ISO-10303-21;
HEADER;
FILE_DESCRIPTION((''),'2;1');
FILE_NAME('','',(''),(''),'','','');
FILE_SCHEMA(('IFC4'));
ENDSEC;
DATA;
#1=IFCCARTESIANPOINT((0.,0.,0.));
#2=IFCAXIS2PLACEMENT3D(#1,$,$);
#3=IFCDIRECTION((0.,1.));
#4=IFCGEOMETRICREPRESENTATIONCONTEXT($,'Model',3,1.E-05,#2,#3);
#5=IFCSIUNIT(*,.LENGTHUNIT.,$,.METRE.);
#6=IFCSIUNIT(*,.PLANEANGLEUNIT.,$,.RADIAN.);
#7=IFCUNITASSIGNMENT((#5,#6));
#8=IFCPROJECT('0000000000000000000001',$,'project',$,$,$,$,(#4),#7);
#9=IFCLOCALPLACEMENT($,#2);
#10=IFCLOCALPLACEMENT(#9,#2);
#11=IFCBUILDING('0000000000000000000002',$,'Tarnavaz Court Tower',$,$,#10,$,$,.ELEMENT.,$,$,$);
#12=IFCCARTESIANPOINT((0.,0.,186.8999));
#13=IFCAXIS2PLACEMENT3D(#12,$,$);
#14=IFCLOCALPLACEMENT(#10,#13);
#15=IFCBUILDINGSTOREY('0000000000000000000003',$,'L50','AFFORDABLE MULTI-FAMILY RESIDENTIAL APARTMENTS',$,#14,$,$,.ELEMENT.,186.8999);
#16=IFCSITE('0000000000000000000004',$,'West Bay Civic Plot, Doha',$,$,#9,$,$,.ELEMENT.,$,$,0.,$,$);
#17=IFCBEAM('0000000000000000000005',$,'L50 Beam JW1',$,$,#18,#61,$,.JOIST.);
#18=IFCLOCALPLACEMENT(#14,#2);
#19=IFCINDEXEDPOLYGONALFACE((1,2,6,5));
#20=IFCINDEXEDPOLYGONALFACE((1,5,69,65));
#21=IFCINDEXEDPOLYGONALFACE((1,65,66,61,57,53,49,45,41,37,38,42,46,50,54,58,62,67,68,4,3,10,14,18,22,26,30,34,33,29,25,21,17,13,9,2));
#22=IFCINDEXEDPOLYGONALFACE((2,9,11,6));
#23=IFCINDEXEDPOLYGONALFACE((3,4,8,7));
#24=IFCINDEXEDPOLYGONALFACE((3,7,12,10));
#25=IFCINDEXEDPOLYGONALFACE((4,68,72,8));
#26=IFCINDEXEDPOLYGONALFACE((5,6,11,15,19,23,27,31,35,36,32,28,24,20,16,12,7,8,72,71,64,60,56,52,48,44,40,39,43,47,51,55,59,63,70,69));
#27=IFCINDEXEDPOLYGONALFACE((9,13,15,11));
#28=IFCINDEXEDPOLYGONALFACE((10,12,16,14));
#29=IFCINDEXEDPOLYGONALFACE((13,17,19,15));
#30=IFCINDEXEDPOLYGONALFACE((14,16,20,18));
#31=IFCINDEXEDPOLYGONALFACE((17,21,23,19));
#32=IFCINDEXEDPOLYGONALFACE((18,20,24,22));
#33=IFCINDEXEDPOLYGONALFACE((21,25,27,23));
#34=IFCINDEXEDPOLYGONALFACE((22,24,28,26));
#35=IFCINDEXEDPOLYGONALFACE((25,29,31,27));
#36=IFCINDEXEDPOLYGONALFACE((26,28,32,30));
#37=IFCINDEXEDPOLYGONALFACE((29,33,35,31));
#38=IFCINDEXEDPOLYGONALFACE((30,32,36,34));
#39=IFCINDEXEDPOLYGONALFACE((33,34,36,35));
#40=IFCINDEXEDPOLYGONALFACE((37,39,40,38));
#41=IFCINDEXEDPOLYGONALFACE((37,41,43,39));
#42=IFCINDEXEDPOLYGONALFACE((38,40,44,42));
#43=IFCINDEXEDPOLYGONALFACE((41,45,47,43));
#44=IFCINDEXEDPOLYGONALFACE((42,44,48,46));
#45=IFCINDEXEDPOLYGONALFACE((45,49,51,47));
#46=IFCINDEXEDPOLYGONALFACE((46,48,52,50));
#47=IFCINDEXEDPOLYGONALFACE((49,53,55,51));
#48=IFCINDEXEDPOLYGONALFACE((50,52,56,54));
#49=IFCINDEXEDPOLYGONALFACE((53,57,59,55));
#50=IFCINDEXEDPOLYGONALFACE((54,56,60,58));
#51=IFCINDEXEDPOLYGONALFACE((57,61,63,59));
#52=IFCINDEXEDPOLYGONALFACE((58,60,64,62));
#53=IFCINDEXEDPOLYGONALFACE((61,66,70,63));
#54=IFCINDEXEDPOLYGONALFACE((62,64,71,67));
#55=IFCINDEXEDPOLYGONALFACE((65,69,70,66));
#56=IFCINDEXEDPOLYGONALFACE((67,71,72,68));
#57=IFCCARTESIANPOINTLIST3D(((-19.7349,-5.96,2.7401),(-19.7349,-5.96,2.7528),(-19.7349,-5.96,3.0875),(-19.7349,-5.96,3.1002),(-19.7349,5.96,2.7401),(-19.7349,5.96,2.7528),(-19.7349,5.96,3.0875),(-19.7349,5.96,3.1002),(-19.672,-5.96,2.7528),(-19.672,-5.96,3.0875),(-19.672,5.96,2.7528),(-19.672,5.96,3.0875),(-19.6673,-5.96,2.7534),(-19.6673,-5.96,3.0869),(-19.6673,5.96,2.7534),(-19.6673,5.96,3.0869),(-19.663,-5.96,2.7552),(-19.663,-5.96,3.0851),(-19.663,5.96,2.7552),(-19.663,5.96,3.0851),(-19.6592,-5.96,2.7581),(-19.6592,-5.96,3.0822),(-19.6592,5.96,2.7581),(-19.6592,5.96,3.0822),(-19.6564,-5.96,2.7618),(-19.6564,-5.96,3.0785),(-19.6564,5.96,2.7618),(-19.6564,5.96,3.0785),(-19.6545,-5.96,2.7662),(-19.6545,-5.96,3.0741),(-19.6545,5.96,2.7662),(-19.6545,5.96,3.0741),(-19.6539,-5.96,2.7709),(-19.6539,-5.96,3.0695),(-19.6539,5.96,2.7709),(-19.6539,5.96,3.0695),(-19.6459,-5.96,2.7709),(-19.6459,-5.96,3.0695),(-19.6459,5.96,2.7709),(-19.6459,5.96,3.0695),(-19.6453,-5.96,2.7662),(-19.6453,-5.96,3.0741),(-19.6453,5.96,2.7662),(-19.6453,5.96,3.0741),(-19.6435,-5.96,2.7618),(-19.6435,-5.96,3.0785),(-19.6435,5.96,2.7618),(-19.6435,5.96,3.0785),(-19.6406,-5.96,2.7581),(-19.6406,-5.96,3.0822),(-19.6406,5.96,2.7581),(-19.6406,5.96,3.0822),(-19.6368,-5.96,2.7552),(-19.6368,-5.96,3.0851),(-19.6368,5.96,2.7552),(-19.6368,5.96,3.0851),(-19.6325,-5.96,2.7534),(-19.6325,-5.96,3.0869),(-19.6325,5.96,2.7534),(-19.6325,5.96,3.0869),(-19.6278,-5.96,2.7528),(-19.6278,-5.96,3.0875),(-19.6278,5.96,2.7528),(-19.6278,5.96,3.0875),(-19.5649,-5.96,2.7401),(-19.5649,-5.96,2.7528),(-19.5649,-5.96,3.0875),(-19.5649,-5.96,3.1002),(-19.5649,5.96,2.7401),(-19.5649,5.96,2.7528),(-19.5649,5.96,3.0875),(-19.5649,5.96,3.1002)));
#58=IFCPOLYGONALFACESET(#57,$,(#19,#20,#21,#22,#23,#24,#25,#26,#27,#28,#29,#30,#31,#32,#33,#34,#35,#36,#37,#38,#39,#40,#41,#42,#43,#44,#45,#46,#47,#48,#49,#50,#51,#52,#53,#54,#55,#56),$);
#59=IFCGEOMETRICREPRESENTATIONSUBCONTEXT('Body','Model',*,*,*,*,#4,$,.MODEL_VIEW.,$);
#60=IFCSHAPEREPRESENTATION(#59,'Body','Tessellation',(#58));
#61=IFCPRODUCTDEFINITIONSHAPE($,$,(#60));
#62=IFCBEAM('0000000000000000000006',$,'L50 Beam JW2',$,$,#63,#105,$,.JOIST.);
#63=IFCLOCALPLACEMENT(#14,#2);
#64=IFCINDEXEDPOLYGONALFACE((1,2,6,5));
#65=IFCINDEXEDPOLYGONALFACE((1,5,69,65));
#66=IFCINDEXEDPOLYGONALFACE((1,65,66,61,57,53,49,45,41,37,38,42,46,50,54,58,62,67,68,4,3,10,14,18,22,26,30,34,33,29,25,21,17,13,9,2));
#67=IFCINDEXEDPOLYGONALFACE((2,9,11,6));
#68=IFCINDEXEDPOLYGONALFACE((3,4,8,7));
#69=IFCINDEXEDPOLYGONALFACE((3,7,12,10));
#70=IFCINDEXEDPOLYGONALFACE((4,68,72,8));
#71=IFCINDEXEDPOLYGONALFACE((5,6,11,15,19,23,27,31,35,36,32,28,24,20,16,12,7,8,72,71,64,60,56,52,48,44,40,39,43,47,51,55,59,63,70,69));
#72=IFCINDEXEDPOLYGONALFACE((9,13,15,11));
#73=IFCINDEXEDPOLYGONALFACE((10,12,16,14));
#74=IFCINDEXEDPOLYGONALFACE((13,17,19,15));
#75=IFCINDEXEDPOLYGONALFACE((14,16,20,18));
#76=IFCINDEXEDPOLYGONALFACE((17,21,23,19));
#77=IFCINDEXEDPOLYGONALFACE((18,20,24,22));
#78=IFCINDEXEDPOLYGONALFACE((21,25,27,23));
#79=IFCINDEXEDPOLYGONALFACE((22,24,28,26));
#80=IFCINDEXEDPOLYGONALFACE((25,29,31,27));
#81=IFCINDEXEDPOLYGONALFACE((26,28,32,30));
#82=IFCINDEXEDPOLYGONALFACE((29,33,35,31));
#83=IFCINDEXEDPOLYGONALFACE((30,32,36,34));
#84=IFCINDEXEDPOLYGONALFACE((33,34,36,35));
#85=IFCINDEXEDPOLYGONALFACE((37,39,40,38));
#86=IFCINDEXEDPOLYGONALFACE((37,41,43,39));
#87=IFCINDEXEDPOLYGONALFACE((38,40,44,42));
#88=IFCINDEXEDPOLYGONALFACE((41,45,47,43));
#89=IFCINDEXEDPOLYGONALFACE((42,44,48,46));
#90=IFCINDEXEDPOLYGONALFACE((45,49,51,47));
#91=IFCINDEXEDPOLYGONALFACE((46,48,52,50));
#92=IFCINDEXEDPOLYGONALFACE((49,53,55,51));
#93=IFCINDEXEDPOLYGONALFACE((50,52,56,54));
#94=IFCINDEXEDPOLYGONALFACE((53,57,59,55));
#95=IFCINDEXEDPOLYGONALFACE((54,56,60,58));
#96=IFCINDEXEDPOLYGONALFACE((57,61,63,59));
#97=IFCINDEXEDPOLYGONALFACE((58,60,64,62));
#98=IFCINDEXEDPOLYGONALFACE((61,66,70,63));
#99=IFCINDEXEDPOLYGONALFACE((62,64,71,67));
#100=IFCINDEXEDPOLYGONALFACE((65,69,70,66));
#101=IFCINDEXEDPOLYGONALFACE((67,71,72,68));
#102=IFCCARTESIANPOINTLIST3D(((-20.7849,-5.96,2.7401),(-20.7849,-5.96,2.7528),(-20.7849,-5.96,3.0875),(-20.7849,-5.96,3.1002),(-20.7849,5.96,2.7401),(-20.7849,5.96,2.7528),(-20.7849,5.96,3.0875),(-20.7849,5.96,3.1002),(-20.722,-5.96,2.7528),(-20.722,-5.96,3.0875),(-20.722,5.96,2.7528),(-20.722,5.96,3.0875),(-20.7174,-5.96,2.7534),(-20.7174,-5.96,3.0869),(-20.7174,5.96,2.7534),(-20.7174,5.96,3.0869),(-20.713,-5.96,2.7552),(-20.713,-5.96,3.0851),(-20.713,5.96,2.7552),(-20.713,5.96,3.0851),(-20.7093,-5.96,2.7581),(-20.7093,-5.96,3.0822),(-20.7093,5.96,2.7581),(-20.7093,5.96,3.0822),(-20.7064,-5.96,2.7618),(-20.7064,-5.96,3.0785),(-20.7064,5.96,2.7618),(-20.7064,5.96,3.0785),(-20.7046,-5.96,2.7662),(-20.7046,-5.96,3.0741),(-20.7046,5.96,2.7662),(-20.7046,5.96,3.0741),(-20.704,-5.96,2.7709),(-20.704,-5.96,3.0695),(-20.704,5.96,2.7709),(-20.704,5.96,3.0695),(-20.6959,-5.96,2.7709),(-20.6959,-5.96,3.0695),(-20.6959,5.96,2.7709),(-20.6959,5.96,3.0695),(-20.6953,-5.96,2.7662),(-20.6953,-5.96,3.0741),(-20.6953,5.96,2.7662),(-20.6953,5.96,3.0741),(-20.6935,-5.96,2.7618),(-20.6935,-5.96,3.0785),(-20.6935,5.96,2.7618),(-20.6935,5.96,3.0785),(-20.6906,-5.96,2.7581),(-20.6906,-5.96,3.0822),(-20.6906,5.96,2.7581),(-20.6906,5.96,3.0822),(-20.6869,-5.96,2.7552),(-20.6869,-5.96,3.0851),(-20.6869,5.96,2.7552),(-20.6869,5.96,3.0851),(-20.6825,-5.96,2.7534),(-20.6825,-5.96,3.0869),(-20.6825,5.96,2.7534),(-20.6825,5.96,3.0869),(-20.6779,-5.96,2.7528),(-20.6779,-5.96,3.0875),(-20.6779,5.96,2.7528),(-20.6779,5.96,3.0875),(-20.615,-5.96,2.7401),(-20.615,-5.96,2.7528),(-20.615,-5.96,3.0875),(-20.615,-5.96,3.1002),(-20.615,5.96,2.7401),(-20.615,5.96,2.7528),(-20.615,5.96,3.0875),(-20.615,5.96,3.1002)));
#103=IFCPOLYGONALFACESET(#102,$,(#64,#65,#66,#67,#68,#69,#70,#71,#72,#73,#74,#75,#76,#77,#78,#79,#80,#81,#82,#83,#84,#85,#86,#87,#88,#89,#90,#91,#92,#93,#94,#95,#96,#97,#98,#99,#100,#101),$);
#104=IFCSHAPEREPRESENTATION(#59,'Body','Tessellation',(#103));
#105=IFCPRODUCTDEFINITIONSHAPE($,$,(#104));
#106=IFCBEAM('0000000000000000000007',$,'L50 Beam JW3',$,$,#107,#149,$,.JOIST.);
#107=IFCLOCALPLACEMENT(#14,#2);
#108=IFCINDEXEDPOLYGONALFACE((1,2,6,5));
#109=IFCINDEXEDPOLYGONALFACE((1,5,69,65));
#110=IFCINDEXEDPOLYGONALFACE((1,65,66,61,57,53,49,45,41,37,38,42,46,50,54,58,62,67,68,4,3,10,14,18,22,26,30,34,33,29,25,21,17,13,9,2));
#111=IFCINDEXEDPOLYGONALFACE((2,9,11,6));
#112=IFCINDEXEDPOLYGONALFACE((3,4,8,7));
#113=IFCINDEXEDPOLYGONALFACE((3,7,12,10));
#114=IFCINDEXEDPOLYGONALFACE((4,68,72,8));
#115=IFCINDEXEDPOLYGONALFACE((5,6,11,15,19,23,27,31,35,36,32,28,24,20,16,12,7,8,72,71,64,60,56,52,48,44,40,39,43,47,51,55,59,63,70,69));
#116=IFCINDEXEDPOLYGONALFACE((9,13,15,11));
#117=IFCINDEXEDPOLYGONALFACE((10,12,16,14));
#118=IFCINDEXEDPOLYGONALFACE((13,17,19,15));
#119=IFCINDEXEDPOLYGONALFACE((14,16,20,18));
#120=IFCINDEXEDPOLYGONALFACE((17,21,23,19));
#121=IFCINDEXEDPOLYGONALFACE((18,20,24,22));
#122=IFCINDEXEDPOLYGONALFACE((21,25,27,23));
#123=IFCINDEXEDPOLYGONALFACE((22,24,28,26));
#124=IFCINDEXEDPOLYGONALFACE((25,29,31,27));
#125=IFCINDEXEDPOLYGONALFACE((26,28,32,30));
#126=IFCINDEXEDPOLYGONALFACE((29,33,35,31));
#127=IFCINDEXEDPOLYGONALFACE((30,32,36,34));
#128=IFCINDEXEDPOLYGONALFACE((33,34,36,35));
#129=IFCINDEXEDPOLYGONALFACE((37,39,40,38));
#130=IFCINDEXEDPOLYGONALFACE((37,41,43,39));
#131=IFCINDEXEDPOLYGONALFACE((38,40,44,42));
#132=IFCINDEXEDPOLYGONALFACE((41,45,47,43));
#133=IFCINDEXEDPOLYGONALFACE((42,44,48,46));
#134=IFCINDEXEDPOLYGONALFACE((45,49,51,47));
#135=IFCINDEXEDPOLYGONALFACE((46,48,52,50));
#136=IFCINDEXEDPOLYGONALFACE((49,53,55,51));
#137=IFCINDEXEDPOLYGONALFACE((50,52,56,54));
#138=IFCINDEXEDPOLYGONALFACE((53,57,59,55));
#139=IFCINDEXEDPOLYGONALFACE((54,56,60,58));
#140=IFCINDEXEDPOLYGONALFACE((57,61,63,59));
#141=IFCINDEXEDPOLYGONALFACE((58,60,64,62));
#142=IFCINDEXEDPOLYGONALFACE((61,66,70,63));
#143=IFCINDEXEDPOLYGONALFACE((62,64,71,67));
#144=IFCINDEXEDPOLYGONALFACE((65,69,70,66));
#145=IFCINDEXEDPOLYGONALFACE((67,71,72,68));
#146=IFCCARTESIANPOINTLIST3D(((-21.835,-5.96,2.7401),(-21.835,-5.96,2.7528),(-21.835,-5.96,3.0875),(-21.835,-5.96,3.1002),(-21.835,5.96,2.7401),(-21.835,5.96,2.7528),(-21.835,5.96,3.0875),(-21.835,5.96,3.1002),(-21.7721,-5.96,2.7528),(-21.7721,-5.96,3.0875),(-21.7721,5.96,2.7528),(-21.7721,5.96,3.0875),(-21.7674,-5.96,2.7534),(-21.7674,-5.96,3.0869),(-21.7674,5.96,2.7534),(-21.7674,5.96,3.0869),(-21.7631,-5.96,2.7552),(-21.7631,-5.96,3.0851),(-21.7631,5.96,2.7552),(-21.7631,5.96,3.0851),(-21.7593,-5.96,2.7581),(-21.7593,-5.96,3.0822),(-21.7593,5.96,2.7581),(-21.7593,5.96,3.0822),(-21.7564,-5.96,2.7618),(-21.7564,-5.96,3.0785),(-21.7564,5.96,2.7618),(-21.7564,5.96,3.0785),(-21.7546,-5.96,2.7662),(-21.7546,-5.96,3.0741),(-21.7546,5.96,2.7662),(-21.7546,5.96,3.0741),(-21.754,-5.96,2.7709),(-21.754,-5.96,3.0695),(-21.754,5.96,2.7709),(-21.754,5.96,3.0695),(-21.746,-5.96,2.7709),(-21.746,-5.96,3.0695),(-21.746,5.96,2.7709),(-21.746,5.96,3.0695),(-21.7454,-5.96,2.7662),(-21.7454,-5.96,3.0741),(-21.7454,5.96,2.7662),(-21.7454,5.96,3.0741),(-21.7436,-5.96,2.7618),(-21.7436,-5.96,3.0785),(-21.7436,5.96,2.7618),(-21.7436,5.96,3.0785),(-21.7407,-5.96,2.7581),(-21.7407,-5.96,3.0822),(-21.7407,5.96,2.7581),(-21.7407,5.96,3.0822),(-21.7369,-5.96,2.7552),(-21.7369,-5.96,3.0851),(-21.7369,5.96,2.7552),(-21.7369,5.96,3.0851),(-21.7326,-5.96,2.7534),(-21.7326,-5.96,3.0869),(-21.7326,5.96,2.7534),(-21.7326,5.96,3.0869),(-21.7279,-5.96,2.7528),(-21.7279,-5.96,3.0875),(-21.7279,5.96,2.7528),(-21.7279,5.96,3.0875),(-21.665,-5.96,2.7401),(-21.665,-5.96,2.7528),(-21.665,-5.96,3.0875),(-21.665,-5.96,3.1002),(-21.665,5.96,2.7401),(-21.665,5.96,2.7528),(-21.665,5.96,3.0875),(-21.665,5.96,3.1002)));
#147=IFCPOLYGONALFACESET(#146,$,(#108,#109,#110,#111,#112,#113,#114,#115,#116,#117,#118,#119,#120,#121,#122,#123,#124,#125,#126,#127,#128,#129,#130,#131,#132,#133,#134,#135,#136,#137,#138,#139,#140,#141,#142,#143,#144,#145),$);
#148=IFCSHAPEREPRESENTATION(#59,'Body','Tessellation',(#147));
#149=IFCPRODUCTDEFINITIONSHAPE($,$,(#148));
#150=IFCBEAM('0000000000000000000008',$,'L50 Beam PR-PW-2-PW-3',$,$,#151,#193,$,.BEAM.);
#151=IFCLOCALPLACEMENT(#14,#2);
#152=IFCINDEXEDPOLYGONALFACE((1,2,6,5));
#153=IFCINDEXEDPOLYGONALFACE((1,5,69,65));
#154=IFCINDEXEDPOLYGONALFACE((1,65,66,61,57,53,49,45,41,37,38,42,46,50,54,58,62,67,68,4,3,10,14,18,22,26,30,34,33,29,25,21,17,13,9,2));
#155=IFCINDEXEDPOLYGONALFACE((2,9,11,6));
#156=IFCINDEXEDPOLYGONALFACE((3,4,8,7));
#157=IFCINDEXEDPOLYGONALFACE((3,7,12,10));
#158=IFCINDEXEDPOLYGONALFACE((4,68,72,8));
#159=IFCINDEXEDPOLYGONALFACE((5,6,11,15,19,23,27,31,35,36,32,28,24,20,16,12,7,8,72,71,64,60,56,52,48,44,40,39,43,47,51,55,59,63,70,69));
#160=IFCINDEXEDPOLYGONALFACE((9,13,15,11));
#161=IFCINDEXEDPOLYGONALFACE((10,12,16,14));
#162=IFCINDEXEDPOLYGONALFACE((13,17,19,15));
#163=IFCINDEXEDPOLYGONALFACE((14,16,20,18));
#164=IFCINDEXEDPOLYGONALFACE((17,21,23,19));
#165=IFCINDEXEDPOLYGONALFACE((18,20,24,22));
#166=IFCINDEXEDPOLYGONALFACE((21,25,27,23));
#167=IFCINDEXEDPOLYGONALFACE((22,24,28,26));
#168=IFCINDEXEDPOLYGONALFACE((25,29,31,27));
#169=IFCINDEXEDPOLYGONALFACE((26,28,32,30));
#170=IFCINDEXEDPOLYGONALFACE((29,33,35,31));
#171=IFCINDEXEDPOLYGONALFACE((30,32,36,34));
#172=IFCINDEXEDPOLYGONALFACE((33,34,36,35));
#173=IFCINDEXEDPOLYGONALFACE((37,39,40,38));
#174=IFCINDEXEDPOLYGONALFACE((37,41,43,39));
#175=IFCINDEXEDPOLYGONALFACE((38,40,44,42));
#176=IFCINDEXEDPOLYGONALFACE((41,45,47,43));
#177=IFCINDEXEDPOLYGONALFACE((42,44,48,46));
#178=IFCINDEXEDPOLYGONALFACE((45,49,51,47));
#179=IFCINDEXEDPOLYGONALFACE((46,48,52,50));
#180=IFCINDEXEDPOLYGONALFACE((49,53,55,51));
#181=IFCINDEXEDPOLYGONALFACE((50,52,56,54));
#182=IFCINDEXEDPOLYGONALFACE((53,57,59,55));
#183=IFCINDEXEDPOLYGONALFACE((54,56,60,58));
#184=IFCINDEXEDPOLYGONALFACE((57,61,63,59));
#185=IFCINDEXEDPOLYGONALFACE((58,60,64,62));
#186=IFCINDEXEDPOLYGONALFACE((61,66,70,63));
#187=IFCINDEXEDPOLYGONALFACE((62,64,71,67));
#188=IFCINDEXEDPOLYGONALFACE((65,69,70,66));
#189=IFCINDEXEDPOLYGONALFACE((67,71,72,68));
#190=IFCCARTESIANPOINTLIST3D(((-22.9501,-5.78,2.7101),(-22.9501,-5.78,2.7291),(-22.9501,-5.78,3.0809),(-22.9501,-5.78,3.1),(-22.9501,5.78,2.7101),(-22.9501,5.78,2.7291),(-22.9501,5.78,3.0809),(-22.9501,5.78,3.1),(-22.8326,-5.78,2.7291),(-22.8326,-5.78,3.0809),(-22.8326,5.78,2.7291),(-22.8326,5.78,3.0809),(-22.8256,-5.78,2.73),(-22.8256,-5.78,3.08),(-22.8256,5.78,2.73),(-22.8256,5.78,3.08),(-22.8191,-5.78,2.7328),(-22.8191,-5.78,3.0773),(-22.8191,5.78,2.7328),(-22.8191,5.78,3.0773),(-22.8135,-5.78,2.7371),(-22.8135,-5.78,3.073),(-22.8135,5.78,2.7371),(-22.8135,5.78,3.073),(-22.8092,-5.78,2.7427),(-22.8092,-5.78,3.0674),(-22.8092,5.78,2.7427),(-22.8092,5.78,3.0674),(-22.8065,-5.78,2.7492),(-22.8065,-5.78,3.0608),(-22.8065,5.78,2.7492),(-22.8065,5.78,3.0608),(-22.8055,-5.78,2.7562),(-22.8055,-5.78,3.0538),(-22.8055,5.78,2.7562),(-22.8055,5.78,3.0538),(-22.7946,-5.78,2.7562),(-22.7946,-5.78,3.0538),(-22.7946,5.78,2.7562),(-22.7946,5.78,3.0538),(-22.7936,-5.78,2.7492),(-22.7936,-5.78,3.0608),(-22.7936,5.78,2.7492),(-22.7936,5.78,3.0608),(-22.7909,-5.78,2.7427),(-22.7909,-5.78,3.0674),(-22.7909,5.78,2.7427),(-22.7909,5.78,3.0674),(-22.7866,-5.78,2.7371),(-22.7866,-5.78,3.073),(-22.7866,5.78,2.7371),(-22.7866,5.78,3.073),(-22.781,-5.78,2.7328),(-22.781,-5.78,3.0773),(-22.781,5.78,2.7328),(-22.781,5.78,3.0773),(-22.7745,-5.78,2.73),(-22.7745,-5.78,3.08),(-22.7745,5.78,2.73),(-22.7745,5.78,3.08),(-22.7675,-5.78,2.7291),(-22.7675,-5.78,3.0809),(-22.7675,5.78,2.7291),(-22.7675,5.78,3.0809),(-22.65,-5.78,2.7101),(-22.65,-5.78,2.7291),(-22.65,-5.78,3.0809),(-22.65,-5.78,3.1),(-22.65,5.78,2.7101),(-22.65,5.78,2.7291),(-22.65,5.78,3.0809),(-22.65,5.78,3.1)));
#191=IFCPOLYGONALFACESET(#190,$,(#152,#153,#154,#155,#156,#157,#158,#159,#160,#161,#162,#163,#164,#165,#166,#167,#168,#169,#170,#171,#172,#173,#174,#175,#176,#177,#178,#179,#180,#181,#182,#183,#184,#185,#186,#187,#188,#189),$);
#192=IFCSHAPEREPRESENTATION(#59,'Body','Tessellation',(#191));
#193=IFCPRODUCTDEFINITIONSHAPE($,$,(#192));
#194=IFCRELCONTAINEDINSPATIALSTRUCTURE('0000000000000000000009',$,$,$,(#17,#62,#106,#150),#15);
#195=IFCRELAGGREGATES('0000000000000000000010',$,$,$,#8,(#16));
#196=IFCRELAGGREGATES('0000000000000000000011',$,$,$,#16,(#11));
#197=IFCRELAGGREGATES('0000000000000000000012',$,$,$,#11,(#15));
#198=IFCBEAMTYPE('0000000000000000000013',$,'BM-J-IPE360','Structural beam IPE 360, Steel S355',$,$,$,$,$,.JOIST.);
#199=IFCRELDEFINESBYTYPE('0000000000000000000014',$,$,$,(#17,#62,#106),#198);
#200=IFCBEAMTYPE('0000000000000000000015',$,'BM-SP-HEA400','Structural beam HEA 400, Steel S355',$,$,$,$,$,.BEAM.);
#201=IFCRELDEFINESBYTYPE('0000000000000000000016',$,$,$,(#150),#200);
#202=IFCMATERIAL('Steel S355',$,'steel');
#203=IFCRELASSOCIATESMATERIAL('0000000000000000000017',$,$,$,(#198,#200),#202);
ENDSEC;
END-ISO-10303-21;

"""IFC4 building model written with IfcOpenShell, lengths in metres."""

from ifc_helpers import new_model, si_unit, direction, frame, origin, origin_2d, place, context, subcontext, project, spatial, i_section, extrude, material, material_profile, profile_set, type_object, element, save


model = new_model("IFC4")

# Units and contexts
model_context = context("Model", 3, precision=1e-05, world=origin(), true_north=direction((0.0, 1.0)))
body_context = subcontext(model_context, "Body", "Model", "MODEL_VIEW")
ifc_project = project(units=[si_unit("LENGTHUNIT", "METRE"), si_unit("PLANEANGLEUNIT", "RADIAN")], contexts=[model_context])

# Site, building, storey
site_placement = place(None, origin())
site = spatial("IfcSite", under=ifc_project, at=site_placement, Name="West Bay Civic Plot, Doha", CompositionType="ELEMENT", RefElevation=0.0)
building_placement = place(site_placement, origin())
building = spatial("IfcBuilding", under=site, at=building_placement, Name="Tarnavaz Court Tower", CompositionType="ELEMENT")
storey_placement = place(building_placement, frame((0.0, 0.0, 186.8999)))
storey = spatial("IfcBuildingStorey", under=building, at=storey_placement, Name="L50", Description="AFFORDABLE MULTI-FAMILY RESIDENTIAL APARTMENTS", CompositionType="ELEMENT", Elevation=186.8999)

# Beams
ifc_material_1 = material(Name="Steel S355", Category="steel")
ifc_material_profile_1 = material_profile(ifc_material_1, i_section(OverallWidth=0.1699, OverallDepth=0.3601, WebThickness=0.0081, FlangeThickness=0.0127, FilletRadius=0.0181, at=origin_2d()), Name="IPE 360")
ifc_profile_set_1 = profile_set([ifc_material_profile_1], Name="Steel S355")
beam_type_1 = type_object("IfcBeamType", Name="BM-J-IPE360", Description="Structural beam IPE 360, Steel S355", PredefinedType="JOIST", material=ifc_profile_set_1)
for number, where, z_axis, x_axis, name in (
    (1, (-19.6499, -5.96, 2.9202), (0.0, 1.0, 0.0), (-1.0, 0.0, 0.0), "L50 Beam JW1"),
    (2, (-20.7, -5.96, 2.9202), (0.0, 1.0, 0.0), (-1.0, 0.0, 0.0), "L50 Beam JW2"),
    (3, (-21.75, -5.96, 2.9202), (0.0, 1.0, 0.0), (-1.0, 0.0, 0.0), "L50 Beam JW3"),
):
    element("IfcBeam", number, at=place(storey_placement, frame(where, z_axis=z_axis, x_axis=x_axis)), inside=storey, type_object=beam_type_1, Name=name, PredefinedType="JOIST", context=body_context, shape_type="SweptSolid", body=[
        extrude(i_section(OverallWidth=0.1699, OverallDepth=0.3601, WebThickness=0.0081, FlangeThickness=0.0127, FilletRadius=0.0181, at=origin_2d()), origin(), (0.0, 0.0, 1.0), 11.9199),
    ])
ifc_material_profile_2 = material_profile(ifc_material_1, i_section(OverallWidth=0.3, OverallDepth=0.3899, WebThickness=0.011, FlangeThickness=0.019, FilletRadius=0.0271, at=origin_2d()), Name="HEA 400")
ifc_profile_set_2 = profile_set([ifc_material_profile_2], Name="Steel S355")
beam_type_2 = type_object("IfcBeamType", Name="BM-SP-HEA400", Description="Structural beam HEA 400, Steel S355", PredefinedType="BEAM", material=ifc_profile_set_2)
beam_1_placement = place(storey_placement, frame((-22.8, -5.78, 2.905), z_axis=(0.0, 1.0, 0.0), x_axis=(-1.0, 0.0, 0.0)))
element("IfcBeam", 4, at=beam_1_placement, inside=storey, type_object=beam_type_2, Name="L50 Beam PR-PW-2-PW-3", PredefinedType="BEAM", context=body_context, shape_type="SweptSolid", body=[
    extrude(i_section(OverallWidth=0.3, OverallDepth=0.3899, WebThickness=0.011, FlangeThickness=0.019, FilletRadius=0.0271, at=origin_2d()), origin(), (0.0, 0.0, 1.0), 11.5601),
])

save(model, "model.ifc")
